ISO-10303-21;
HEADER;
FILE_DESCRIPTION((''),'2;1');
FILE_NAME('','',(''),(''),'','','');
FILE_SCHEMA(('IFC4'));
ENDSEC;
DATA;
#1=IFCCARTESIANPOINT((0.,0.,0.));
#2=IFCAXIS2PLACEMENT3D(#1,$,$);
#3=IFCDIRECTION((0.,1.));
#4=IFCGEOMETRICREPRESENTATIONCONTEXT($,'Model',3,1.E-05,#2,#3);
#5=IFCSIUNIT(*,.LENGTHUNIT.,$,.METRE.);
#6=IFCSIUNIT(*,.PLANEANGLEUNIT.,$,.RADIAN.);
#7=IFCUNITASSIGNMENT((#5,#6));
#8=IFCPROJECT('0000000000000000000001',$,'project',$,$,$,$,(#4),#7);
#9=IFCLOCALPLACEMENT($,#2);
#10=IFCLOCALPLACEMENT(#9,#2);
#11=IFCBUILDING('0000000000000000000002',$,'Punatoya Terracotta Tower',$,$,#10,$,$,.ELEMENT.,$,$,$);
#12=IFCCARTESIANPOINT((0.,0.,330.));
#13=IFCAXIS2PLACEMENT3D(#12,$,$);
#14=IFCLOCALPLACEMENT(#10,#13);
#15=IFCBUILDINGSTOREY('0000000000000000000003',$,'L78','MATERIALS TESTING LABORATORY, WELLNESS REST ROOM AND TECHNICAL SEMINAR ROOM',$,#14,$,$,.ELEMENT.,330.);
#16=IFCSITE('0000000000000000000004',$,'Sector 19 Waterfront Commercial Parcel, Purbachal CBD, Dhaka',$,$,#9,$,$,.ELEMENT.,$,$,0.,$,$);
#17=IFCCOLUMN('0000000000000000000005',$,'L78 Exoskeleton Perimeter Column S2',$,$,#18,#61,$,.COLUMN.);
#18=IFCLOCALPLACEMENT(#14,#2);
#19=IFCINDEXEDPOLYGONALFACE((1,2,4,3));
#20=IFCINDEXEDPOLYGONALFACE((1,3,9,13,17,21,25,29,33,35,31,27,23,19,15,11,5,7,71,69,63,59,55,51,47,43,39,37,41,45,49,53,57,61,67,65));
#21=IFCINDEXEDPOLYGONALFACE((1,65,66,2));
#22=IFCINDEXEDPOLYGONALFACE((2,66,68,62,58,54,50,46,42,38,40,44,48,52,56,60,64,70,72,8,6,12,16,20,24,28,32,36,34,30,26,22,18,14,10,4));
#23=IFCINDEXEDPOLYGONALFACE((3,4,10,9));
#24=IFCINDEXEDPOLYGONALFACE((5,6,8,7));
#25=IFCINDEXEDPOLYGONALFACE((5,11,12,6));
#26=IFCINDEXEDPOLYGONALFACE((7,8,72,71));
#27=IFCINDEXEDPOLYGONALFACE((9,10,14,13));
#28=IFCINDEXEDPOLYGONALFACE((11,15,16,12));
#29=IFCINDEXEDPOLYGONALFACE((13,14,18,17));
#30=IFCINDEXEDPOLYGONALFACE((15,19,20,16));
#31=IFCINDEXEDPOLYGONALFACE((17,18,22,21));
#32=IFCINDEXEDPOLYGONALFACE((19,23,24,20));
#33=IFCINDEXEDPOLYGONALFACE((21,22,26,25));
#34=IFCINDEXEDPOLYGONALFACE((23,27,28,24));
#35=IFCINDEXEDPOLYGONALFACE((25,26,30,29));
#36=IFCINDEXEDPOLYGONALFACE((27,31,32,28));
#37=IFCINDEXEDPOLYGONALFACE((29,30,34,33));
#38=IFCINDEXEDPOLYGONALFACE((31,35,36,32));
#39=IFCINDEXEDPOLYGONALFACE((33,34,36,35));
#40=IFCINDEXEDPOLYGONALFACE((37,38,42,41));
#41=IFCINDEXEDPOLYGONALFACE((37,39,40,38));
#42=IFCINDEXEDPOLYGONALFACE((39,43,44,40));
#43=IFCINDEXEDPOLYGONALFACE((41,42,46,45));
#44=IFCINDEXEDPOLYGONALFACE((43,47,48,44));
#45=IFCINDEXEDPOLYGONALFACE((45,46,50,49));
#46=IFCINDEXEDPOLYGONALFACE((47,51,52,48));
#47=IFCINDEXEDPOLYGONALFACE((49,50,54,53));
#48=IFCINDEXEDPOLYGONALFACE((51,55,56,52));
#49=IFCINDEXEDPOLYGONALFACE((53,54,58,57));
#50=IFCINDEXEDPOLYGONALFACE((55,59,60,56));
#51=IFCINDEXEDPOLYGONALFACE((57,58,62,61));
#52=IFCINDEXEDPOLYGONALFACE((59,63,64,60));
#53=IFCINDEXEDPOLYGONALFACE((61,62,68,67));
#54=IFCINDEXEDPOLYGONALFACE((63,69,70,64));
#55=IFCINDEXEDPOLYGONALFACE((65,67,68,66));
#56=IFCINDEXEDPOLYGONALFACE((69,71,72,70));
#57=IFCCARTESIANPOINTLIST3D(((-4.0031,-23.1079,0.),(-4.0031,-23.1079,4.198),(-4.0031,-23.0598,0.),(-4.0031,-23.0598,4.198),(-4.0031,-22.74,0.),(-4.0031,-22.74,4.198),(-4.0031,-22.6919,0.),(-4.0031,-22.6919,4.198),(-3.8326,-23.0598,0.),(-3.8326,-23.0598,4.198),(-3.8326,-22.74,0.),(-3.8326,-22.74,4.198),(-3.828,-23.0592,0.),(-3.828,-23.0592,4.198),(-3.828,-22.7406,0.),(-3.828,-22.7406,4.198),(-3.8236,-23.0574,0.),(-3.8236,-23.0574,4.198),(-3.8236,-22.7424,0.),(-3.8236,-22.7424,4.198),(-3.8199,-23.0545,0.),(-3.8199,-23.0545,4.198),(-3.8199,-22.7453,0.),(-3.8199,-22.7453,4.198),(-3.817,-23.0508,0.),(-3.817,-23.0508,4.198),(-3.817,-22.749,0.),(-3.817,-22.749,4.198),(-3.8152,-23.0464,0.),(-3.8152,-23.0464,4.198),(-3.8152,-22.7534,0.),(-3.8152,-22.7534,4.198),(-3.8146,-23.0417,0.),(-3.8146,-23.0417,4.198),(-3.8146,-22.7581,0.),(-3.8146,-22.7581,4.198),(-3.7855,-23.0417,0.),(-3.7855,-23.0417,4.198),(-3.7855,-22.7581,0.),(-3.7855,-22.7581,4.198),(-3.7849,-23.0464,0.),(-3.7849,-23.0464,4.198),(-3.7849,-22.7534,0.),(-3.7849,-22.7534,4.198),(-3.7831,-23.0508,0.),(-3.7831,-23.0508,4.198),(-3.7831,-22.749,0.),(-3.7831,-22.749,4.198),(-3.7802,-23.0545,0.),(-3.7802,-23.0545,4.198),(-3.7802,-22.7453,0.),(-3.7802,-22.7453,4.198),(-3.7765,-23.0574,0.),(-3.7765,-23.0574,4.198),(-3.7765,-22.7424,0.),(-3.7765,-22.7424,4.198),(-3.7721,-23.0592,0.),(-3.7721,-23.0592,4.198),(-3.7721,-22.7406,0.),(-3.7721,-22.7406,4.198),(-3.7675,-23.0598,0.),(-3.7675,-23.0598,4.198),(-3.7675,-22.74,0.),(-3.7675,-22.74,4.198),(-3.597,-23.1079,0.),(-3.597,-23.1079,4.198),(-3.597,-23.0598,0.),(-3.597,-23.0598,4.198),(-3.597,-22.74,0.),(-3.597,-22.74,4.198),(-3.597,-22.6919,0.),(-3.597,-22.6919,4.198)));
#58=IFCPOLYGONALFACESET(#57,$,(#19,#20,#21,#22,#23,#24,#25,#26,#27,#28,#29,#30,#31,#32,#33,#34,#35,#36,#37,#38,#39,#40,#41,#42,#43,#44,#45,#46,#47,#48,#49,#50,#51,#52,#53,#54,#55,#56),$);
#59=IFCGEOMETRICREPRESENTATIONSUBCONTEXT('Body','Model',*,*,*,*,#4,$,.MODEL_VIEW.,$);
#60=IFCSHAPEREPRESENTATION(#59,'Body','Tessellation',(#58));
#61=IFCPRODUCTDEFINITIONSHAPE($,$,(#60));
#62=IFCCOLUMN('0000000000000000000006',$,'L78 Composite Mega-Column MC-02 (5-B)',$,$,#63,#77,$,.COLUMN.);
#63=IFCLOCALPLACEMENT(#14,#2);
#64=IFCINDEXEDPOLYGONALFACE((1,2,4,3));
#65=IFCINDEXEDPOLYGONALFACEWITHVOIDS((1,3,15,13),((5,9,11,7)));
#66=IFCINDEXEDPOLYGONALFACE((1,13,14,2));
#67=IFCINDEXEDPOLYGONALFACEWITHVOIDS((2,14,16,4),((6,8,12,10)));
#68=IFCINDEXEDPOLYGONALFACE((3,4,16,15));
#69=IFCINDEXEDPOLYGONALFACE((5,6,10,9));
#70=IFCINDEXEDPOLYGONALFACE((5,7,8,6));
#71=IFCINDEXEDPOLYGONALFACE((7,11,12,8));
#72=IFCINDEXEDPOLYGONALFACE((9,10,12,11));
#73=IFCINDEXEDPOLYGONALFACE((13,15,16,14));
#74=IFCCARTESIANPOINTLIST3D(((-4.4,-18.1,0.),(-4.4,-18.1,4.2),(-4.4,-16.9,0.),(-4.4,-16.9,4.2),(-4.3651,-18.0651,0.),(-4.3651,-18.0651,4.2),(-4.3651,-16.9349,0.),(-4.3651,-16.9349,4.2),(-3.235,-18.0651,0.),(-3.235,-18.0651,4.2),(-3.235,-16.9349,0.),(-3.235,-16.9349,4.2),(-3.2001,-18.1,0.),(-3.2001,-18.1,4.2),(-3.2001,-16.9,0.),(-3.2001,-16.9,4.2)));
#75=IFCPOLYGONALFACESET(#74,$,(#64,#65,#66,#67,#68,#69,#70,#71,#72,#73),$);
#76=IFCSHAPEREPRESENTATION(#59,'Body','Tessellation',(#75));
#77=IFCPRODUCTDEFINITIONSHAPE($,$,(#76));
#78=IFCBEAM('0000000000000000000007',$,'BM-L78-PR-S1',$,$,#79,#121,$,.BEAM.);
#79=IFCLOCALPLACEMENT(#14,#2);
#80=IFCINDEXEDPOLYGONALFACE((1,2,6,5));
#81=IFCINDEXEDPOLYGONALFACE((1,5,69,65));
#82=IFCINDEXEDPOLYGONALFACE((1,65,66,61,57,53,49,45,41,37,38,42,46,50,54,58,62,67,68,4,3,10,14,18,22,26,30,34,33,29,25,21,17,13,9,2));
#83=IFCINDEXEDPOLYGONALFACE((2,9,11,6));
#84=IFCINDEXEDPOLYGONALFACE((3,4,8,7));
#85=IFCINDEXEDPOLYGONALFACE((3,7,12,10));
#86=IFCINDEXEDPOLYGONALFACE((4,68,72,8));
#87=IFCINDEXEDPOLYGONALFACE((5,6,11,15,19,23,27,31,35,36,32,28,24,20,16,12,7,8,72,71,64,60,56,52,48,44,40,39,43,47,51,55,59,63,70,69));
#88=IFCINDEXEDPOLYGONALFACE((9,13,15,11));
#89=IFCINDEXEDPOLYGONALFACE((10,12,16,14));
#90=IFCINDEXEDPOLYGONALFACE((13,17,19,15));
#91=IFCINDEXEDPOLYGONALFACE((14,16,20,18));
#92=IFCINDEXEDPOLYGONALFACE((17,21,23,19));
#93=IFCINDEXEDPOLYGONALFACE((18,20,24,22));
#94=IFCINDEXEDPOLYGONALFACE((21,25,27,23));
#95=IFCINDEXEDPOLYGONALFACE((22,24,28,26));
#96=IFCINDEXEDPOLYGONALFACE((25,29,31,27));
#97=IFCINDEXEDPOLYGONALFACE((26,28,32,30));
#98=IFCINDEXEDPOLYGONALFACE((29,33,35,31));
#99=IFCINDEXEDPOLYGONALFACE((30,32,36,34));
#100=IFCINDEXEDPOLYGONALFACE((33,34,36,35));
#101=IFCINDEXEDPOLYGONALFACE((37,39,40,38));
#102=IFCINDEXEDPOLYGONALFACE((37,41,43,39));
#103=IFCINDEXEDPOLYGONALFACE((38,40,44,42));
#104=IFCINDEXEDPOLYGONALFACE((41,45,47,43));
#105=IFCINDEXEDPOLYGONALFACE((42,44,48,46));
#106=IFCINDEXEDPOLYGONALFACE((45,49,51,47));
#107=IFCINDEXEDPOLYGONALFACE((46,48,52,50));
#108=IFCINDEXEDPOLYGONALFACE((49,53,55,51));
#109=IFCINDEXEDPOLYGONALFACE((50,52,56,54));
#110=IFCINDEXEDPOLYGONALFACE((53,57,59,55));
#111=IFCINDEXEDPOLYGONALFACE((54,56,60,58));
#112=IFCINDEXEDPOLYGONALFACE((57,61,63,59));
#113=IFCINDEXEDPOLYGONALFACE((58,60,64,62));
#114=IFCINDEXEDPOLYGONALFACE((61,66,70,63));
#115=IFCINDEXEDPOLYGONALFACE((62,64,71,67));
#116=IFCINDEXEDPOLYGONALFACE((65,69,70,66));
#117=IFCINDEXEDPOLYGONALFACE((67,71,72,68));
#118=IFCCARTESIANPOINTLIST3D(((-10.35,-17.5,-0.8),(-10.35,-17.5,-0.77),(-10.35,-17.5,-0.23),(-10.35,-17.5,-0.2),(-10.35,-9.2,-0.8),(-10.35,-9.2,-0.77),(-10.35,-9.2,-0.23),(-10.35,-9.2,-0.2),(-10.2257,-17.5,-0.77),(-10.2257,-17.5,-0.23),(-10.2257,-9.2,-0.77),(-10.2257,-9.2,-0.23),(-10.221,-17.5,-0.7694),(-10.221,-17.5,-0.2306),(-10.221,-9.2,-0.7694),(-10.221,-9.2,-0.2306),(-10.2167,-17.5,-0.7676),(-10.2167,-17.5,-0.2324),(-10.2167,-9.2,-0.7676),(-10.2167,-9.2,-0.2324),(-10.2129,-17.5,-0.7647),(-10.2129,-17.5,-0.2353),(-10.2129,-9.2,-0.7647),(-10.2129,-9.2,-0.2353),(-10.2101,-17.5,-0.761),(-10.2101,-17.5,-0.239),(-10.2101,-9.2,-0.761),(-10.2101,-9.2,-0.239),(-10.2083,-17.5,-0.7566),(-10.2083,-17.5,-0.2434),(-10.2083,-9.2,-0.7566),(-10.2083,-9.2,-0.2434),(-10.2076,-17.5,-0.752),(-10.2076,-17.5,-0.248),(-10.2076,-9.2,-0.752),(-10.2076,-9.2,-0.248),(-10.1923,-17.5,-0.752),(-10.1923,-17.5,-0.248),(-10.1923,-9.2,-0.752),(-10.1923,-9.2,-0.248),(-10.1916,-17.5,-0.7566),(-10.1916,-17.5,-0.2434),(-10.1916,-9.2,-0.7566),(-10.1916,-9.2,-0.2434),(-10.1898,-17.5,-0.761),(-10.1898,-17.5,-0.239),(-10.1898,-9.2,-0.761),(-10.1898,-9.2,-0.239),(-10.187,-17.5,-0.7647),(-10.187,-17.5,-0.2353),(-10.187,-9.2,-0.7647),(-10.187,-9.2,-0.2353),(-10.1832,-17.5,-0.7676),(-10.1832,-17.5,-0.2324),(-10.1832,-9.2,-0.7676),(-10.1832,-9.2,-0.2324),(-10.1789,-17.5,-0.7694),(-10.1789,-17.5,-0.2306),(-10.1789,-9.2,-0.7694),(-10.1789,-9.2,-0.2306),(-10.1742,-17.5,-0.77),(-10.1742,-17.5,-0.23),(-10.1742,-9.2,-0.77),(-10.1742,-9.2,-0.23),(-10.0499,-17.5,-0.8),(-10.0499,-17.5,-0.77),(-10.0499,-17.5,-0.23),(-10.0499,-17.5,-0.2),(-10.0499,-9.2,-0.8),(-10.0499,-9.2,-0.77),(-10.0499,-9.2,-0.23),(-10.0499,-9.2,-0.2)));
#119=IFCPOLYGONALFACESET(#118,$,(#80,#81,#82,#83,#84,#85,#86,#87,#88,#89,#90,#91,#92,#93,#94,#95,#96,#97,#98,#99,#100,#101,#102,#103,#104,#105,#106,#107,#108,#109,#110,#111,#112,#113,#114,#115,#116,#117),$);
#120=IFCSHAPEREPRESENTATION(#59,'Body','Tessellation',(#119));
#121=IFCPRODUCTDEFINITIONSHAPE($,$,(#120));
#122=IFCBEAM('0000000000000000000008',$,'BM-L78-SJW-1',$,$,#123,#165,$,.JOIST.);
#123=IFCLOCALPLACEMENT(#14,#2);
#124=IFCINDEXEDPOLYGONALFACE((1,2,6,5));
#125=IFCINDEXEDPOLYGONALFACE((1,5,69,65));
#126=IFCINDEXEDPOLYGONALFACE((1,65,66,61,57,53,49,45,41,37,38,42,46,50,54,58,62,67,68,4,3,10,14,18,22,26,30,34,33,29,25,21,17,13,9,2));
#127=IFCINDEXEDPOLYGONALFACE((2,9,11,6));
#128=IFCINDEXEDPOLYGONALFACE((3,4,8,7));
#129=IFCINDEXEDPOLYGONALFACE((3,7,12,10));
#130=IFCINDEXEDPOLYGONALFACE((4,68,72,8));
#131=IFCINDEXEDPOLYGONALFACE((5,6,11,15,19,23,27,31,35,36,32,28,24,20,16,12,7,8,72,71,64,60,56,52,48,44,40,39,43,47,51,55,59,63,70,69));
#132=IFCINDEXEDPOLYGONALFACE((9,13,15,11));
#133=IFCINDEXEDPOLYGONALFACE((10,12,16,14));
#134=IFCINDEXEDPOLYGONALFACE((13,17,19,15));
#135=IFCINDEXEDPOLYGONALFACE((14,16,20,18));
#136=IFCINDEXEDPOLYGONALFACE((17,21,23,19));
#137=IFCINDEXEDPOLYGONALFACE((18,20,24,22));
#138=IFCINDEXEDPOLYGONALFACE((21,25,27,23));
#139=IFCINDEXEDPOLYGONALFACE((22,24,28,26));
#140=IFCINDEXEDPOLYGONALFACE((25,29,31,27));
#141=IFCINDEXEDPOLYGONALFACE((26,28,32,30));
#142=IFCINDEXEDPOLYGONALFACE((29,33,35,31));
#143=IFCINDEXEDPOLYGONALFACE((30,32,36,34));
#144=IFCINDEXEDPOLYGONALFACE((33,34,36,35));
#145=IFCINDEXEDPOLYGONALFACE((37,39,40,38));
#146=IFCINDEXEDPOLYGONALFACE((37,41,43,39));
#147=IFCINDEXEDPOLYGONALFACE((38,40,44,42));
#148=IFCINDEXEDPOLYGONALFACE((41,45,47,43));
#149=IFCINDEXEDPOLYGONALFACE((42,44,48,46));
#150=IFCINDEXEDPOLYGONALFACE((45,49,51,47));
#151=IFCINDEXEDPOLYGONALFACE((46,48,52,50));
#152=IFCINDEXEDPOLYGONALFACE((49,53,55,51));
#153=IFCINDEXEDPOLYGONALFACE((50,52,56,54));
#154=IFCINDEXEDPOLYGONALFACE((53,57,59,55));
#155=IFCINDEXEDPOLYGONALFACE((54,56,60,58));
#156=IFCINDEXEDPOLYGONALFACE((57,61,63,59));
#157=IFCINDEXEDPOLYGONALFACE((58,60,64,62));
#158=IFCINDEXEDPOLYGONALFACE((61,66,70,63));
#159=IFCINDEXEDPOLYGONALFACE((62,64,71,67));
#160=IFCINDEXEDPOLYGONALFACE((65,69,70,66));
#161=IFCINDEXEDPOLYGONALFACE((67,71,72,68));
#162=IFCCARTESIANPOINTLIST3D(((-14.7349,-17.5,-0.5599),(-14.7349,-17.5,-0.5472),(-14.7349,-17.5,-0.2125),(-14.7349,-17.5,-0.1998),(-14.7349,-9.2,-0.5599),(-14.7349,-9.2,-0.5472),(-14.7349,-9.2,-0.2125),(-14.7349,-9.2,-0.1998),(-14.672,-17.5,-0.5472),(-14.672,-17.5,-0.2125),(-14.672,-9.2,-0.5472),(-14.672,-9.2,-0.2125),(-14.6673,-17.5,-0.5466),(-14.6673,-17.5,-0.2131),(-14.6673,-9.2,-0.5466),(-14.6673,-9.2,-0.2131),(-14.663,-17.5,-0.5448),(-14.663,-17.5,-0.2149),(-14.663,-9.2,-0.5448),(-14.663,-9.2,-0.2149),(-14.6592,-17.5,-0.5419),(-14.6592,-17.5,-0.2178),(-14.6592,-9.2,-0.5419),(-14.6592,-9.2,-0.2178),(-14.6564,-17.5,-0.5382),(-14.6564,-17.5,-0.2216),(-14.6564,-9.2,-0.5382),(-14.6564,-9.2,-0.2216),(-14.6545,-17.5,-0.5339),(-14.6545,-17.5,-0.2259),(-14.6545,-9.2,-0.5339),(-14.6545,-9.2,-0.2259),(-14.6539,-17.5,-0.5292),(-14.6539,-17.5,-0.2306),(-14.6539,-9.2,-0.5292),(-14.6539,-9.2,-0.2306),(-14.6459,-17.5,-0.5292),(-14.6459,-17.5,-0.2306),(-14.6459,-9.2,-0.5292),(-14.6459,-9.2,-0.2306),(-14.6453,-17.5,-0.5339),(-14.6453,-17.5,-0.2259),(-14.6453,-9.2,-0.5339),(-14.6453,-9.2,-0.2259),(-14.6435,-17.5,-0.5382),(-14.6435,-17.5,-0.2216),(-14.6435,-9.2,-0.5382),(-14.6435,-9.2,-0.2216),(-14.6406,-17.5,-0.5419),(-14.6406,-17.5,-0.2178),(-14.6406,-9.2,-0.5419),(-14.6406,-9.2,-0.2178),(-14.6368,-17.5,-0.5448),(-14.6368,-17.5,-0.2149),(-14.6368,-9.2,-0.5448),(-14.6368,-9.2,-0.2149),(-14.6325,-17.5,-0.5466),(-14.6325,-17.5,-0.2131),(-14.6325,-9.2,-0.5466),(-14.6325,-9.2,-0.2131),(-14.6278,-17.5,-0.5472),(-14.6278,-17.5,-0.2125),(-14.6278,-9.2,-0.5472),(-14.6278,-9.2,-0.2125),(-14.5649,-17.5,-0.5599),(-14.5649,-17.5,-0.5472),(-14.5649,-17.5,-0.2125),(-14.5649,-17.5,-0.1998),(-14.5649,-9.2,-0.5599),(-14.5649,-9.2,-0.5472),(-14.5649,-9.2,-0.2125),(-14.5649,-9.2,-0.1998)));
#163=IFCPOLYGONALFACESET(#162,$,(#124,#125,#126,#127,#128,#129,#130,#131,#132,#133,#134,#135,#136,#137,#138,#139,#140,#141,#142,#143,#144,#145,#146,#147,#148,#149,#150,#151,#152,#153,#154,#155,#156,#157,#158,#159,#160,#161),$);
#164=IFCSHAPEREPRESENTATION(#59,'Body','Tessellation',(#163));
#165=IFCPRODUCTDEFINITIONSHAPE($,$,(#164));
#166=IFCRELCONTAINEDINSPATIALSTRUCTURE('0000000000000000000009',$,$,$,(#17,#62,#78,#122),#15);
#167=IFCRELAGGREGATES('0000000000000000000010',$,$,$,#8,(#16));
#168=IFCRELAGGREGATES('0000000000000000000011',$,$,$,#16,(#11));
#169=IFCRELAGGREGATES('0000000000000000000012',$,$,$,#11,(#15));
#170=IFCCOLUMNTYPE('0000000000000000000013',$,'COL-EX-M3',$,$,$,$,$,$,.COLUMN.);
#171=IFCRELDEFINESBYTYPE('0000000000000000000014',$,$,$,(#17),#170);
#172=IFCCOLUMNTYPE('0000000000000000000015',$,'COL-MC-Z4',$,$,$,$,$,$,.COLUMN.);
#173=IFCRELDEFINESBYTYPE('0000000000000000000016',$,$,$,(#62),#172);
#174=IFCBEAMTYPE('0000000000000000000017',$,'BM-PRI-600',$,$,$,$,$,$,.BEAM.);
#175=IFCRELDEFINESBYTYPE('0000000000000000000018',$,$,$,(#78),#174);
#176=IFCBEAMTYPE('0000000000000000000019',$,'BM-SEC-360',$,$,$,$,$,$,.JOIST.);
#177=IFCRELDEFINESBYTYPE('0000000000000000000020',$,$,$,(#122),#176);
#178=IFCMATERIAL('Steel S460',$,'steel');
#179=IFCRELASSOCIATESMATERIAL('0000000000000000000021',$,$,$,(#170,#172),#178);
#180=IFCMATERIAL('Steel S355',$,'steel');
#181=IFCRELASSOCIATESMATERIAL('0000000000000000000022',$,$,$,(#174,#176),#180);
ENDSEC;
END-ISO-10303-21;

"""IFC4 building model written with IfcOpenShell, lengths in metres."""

from ifc_helpers import new_model, si_unit, direction, frame, origin, origin_2d, place, context, subcontext, project, spatial, hollow_rectangle, i_section, extrude, material, material_profile, profile_set, type_object, element, save


model = new_model("IFC4")

# Units and contexts
model_context = context("Model", 3, precision=1e-05, world=origin(), true_north=direction((0.0, 1.0)))
body_context = subcontext(model_context, "Body", "Model", "MODEL_VIEW")
ifc_project = project(units=[si_unit("LENGTHUNIT", "METRE"), si_unit("PLANEANGLEUNIT", "RADIAN")], contexts=[model_context])

# Site, building, storey
site_placement = place(None, origin())
site = spatial("IfcSite", under=ifc_project, at=site_placement, Name="Sector 19 Waterfront Commercial Parcel, Purbachal CBD, Dhaka", CompositionType="ELEMENT", RefElevation=0.0)
building_placement = place(site_placement, origin())
building = spatial("IfcBuilding", under=site, at=building_placement, Name="Punatoya Terracotta Tower", CompositionType="ELEMENT")
storey_placement = place(building_placement, frame((0.0, 0.0, 330.0)))
storey = spatial("IfcBuildingStorey", under=building, at=storey_placement, Name="L78", Description="MATERIALS TESTING LABORATORY, WELLNESS REST ROOM AND TECHNICAL SEMINAR ROOM", CompositionType="ELEMENT", Elevation=330.0)

# Columns
ifc_material_1 = material(Name="Steel S460", Category="steel")
ifc_material_profile_1 = material_profile(ifc_material_1, i_section(OverallWidth=0.406, OverallDepth=0.416, WebThickness=0.0291, FlangeThickness=0.0481, FilletRadius=0.0181, at=origin_2d()))
ifc_profile_set_1 = profile_set([ifc_material_profile_1], Name="Steel S460")
column_type_1 = type_object("IfcColumnType", Name="COL-EX-M3", PredefinedType="COLUMN", material=ifc_profile_set_1)
column_1_placement = place(storey_placement, frame((-3.8, -22.8999, 0.0), z_axis=(0.0, 0.0, 1.0), x_axis=(1.0, 0.0, 0.0)))
element("IfcColumn", 1, at=column_1_placement, inside=storey, type_object=column_type_1, Name="L78 Exoskeleton Perimeter Column S2", PredefinedType="COLUMN", context=body_context, shape_type="SweptSolid", body=[
    extrude(i_section(OverallWidth=0.406, OverallDepth=0.416, WebThickness=0.0291, FlangeThickness=0.0481, FilletRadius=0.0181, at=origin_2d()), origin(), (0.0, 0.0, 1.0), 4.198),
])
ifc_material_profile_2 = material_profile(ifc_material_1, hollow_rectangle(XDim=1.2, YDim=1.2, WallThickness=0.0349, at=origin_2d()))
ifc_profile_set_2 = profile_set([ifc_material_profile_2], Name="Steel S460")
column_type_2 = type_object("IfcColumnType", Name="COL-MC-Z4", PredefinedType="COLUMN", material=ifc_profile_set_2)
column_2_placement = place(storey_placement, frame((-3.8, -17.5, 0.0), z_axis=(0.0, 0.0, 1.0), x_axis=(1.0, 0.0, 0.0)))
element("IfcColumn", 2, at=column_2_placement, inside=storey, type_object=column_type_2, Name="L78 Composite Mega-Column MC-02 (5-B)", PredefinedType="COLUMN", context=body_context, shape_type="SweptSolid", body=[
    extrude(hollow_rectangle(XDim=1.2, YDim=1.2, WallThickness=0.0349, at=origin_2d()), origin(), (0.0, 0.0, 1.0), 4.2),
])

# Beams
ifc_material_2 = material(Name="Steel S355", Category="steel")
ifc_material_profile_3 = material_profile(ifc_material_2, i_section(OverallWidth=0.3, OverallDepth=0.6001, WebThickness=0.0154, FlangeThickness=0.03, FilletRadius=0.0181, at=origin_2d()))
ifc_profile_set_3 = profile_set([ifc_material_profile_3], Name="Steel S355")
beam_type_1 = type_object("IfcBeamType", Name="BM-PRI-600", PredefinedType="BEAM", material=ifc_profile_set_3)
beam_1_placement = place(storey_placement, frame((-10.2, -17.5, -0.5), z_axis=(0.0, 1.0, 0.0), x_axis=(-1.0, 0.0, 0.0)))
element("IfcBeam", 3, at=beam_1_placement, inside=storey, type_object=beam_type_1, Name="BM-L78-PR-S1", PredefinedType="BEAM", context=body_context, shape_type="SweptSolid", body=[
    extrude(i_section(OverallWidth=0.3, OverallDepth=0.6001, WebThickness=0.0154, FlangeThickness=0.03, FilletRadius=0.0181, at=origin_2d()), origin(), (0.0, 0.0, 1.0), 8.3),
])
ifc_material_profile_4 = material_profile(ifc_material_2, i_section(OverallWidth=0.1699, OverallDepth=0.3601, WebThickness=0.0081, FlangeThickness=0.0127, FilletRadius=0.0181, at=origin_2d()))
ifc_profile_set_4 = profile_set([ifc_material_profile_4], Name="Steel S355")
beam_type_2 = type_object("IfcBeamType", Name="BM-SEC-360", PredefinedType="JOIST", material=ifc_profile_set_4)
beam_2_placement = place(storey_placement, frame((-14.6499, -17.5, -0.3799), z_axis=(0.0, 1.0, 0.0), x_axis=(-1.0, 0.0, 0.0)))
element("IfcBeam", 4, at=beam_2_placement, inside=storey, type_object=beam_type_2, Name="BM-L78-SJW-1", PredefinedType="JOIST", context=body_context, shape_type="SweptSolid", body=[
    extrude(i_section(OverallWidth=0.1699, OverallDepth=0.3601, WebThickness=0.0081, FlangeThickness=0.0127, FilletRadius=0.0181, at=origin_2d()), origin(), (0.0, 0.0, 1.0), 8.3),
])

save(model, "model.ifc")
